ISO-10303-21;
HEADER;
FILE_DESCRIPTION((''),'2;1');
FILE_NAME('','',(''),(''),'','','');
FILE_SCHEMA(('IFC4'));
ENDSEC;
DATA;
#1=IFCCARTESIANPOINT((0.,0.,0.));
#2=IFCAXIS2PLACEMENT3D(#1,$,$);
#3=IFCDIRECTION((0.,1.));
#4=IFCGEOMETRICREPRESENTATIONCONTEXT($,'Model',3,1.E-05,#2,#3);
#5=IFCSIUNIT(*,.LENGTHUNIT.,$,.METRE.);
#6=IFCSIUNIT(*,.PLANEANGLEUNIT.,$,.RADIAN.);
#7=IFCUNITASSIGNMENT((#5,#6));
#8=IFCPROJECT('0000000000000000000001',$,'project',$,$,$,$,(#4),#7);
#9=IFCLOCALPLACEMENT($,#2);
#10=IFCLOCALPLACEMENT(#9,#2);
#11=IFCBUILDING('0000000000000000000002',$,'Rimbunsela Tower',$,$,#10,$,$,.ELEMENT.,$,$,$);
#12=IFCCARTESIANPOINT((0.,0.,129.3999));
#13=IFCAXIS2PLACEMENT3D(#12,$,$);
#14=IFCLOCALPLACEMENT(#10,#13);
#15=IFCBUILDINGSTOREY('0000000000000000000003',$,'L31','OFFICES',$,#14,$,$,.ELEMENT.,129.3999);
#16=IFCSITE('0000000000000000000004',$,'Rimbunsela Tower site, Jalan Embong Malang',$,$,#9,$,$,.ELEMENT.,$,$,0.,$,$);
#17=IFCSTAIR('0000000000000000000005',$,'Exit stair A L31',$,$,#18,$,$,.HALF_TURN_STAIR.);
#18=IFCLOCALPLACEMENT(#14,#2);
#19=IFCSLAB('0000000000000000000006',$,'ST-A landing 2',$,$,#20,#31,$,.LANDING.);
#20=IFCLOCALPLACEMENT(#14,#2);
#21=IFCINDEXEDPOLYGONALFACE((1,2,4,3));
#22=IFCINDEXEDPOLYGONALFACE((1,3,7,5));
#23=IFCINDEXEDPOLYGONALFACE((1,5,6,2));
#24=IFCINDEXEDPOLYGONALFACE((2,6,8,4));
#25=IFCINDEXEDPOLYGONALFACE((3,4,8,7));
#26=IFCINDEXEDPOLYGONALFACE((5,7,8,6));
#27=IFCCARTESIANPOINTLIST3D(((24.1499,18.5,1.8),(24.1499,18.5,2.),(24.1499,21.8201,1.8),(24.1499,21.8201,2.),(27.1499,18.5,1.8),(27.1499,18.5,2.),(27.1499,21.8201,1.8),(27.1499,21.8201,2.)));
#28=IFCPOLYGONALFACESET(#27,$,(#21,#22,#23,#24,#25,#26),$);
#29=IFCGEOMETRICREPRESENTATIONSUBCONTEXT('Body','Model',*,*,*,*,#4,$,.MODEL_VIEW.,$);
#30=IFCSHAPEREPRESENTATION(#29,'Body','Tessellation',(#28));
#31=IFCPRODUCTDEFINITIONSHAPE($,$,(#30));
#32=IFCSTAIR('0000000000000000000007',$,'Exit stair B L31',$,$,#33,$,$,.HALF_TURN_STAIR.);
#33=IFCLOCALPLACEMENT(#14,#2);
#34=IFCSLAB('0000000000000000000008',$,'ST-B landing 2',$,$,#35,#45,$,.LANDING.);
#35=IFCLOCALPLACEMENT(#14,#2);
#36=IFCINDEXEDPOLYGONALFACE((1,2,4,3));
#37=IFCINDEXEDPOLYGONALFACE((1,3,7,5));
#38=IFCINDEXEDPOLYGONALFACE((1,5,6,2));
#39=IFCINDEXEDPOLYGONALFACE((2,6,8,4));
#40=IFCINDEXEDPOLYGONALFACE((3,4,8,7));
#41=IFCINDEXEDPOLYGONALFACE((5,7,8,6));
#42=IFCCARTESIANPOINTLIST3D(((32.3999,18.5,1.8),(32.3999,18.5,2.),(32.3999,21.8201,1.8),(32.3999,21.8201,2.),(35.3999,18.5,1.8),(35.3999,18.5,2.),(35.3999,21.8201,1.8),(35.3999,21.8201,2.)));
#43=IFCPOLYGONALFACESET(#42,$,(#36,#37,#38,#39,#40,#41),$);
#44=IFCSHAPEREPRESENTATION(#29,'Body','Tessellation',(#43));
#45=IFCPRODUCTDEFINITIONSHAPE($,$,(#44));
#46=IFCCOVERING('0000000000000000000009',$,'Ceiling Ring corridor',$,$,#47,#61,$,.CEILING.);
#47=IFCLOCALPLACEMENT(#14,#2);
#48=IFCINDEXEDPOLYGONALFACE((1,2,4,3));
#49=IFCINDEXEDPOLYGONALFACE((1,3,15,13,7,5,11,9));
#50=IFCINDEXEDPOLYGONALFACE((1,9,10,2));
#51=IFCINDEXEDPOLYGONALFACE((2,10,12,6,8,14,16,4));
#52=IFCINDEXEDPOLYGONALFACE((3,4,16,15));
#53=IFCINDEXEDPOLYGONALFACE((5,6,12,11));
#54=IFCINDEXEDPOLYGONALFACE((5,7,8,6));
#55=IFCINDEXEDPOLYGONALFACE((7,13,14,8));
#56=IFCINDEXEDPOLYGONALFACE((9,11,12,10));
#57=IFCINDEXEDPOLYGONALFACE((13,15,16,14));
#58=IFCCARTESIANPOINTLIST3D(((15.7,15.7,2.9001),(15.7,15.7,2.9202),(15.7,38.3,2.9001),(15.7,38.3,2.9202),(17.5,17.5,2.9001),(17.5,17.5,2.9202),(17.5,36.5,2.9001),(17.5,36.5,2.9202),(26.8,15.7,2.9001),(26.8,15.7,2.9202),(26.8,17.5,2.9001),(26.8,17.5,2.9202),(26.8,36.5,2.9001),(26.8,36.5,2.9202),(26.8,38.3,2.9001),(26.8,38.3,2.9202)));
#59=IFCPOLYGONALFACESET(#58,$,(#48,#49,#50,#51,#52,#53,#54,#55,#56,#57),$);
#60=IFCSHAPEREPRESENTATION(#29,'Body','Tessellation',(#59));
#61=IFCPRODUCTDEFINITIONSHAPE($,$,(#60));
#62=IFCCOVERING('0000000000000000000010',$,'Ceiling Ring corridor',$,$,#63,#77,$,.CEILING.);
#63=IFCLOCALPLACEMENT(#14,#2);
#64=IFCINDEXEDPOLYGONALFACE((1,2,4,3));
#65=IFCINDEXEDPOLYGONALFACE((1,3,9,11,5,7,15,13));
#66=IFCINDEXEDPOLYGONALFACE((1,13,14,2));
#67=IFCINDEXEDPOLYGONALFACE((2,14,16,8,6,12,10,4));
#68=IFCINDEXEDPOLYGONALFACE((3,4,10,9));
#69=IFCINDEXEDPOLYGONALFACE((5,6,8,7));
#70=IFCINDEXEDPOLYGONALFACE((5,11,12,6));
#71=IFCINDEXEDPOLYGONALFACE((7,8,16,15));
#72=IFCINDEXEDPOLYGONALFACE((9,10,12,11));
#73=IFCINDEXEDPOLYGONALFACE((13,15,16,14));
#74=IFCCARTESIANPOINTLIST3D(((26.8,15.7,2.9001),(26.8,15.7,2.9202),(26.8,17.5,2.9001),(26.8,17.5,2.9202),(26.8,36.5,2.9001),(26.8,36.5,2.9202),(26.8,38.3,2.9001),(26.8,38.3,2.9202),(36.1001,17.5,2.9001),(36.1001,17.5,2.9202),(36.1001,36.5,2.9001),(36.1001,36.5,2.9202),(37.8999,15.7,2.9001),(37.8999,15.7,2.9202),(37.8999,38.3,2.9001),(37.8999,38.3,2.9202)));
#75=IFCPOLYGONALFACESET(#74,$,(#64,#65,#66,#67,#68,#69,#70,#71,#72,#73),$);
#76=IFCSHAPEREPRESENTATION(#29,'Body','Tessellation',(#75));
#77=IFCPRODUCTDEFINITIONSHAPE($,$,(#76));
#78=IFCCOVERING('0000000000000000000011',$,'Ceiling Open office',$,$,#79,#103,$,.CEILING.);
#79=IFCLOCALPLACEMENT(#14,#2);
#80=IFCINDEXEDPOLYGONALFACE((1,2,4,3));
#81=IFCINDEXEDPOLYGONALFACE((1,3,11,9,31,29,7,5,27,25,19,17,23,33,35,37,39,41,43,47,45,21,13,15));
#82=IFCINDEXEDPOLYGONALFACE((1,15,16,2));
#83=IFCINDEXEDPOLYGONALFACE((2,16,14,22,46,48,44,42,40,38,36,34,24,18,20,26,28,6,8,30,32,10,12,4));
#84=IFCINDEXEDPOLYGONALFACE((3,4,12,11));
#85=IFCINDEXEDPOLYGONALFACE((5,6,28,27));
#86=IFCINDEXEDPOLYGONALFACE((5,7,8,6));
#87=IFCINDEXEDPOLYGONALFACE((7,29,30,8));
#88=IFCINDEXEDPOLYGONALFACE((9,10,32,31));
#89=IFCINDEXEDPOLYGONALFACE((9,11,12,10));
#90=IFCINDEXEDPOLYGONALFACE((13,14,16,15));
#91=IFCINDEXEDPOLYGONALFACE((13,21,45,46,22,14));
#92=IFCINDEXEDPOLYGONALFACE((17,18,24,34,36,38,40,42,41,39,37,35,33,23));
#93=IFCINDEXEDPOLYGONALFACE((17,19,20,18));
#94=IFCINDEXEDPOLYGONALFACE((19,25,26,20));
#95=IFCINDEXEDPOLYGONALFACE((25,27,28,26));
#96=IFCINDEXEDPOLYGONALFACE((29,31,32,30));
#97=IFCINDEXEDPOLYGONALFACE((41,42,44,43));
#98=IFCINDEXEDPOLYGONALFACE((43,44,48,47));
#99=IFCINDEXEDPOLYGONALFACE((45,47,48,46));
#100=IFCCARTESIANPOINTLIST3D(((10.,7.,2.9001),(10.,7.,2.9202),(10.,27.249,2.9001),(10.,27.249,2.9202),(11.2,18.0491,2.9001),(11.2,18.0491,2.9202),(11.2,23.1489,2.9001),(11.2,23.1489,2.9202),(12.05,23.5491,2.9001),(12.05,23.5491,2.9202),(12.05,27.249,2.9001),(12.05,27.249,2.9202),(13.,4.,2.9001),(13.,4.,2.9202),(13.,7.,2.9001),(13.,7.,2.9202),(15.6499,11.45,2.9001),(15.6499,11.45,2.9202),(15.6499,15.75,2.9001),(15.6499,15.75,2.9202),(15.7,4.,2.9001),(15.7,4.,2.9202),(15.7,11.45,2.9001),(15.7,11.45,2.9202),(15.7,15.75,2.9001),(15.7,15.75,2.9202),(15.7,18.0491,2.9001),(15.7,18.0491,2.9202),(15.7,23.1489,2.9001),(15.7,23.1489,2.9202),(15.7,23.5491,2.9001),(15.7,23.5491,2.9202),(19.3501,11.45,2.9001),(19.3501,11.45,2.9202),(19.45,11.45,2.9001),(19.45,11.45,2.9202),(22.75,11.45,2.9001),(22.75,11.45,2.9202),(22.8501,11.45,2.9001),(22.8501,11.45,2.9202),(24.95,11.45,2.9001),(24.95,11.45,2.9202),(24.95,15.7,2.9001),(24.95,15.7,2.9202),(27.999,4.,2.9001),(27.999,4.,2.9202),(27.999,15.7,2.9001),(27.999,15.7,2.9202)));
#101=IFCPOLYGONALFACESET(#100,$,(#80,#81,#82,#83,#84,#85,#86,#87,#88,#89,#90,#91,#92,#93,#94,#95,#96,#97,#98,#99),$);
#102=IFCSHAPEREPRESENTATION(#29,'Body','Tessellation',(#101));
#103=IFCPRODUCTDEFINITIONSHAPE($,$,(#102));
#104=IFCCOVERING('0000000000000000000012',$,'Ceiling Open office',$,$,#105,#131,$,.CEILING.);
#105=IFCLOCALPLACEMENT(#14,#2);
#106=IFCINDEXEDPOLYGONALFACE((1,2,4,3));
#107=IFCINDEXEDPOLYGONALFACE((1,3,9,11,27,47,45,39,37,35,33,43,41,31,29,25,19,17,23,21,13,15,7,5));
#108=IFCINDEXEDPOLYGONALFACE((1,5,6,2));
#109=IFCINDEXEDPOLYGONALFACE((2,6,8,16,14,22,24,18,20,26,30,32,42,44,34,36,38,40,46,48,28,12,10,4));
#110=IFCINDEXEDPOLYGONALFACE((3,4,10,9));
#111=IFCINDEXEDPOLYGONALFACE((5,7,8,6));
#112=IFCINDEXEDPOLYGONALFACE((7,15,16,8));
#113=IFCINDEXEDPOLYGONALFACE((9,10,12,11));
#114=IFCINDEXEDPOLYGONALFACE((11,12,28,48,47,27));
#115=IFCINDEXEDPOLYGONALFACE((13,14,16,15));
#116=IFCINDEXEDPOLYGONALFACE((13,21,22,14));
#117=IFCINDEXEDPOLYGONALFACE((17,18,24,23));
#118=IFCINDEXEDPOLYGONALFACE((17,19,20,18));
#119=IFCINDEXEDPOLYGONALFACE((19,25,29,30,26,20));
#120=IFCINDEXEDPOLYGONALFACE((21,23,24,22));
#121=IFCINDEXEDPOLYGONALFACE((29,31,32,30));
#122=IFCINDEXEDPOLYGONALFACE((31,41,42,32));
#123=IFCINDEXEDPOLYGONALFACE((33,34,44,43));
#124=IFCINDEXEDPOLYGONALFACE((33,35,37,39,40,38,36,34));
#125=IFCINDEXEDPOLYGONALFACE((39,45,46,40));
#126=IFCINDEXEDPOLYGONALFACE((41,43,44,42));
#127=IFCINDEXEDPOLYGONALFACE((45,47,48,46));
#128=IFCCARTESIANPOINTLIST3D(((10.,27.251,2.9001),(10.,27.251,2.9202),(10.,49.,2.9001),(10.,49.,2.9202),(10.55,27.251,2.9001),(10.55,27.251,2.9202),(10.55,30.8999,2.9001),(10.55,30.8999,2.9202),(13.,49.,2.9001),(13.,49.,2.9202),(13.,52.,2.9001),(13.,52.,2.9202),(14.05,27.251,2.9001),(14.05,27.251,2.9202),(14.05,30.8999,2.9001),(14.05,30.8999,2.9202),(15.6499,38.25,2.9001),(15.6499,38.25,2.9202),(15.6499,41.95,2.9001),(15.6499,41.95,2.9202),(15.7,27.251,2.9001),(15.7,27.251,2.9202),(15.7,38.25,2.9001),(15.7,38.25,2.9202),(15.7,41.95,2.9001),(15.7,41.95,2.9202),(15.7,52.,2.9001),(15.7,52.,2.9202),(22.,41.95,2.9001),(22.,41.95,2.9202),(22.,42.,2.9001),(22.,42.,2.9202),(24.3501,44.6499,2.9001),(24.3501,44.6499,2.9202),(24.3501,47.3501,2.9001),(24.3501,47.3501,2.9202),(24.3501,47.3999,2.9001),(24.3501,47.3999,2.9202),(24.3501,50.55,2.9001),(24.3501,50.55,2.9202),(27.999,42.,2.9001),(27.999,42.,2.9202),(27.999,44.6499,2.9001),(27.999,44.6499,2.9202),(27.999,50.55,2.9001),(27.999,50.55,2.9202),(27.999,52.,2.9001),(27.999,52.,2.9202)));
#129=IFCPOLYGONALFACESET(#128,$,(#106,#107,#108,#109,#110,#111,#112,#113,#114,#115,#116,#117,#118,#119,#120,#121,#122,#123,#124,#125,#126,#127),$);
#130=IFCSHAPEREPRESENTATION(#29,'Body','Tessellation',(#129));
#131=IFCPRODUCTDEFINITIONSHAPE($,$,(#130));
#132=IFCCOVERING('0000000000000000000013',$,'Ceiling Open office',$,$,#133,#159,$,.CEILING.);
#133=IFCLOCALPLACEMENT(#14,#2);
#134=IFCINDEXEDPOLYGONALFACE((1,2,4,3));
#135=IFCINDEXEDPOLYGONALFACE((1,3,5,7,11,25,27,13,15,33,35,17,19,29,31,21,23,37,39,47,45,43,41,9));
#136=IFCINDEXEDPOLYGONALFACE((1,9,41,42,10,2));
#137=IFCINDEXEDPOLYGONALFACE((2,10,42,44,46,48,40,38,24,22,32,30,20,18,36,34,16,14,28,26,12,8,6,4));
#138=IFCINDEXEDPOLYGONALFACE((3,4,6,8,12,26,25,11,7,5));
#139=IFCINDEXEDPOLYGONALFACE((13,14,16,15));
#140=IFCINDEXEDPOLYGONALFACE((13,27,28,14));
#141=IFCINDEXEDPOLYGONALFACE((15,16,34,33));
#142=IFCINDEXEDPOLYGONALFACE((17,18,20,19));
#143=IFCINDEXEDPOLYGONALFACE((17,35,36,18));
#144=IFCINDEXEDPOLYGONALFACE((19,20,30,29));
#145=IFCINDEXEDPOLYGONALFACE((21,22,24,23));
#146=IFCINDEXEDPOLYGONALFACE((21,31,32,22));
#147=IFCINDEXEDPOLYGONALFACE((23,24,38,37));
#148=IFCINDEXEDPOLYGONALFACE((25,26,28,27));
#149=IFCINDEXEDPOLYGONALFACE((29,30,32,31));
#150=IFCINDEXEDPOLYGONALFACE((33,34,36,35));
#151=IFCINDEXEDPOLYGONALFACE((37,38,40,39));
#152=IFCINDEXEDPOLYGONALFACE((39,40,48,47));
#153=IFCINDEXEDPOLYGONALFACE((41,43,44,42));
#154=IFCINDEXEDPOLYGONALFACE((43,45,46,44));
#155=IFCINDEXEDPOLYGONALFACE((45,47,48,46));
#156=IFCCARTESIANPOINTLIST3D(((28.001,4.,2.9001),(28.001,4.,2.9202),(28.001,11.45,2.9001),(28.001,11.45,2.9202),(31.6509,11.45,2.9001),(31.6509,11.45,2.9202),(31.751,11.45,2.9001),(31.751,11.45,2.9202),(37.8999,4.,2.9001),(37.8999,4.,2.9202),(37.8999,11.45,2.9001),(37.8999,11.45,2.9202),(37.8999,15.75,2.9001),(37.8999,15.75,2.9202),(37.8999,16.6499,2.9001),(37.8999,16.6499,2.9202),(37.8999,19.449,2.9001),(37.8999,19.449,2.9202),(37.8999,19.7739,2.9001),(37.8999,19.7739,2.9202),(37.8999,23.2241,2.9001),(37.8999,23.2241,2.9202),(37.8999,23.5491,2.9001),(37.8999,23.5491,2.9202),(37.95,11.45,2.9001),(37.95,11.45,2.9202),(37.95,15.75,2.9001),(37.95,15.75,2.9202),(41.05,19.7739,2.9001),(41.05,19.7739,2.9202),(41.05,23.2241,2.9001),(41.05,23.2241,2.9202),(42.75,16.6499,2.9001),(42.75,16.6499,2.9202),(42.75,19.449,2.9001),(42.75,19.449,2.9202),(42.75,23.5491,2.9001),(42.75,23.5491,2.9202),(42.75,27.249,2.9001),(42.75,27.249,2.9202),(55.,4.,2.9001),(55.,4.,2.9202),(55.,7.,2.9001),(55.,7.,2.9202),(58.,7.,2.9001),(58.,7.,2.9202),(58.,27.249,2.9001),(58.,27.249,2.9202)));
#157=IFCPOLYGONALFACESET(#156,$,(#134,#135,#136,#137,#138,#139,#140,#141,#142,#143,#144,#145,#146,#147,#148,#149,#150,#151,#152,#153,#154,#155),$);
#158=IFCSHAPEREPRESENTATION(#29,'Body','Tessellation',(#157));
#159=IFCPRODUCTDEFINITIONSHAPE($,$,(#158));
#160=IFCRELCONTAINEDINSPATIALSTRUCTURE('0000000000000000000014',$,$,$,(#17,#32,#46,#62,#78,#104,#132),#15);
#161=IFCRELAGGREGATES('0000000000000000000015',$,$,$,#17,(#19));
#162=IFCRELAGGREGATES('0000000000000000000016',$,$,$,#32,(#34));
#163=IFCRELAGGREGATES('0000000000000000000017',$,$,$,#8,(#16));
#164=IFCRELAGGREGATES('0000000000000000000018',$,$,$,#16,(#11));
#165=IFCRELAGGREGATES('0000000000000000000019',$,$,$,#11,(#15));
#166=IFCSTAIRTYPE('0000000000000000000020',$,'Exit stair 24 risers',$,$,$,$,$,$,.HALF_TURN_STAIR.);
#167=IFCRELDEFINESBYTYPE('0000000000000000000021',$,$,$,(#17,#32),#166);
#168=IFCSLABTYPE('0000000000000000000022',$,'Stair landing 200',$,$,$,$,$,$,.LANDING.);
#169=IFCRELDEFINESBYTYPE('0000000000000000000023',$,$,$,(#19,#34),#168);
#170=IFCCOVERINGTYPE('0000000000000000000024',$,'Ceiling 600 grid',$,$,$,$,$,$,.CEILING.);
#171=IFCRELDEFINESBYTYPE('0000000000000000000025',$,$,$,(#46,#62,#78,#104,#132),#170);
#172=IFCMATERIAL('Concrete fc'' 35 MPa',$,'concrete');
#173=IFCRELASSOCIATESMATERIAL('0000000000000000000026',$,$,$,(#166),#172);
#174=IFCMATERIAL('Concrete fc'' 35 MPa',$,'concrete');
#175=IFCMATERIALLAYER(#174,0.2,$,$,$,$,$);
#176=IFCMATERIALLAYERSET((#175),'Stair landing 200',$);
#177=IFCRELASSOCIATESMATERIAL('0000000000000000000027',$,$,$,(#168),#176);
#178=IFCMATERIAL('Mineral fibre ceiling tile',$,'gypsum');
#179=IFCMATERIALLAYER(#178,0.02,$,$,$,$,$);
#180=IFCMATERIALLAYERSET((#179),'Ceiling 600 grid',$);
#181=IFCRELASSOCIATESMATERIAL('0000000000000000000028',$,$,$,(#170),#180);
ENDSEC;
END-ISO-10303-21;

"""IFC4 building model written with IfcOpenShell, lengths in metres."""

from ifc_helpers import new_model, si_unit, direction, frame, origin, place, context, subcontext, project, spatial, polyline, outline, extrude, material, layer, layer_set, type_object, element, aggregate, save


model = new_model("IFC4")

# Units and contexts
model_context = context("Model", 3, precision=1e-05, world=origin(), true_north=direction((0.0, 1.0)))
body_context = subcontext(model_context, "Body", "Model", "MODEL_VIEW")
ifc_project = project(units=[si_unit("LENGTHUNIT", "METRE"), si_unit("PLANEANGLEUNIT", "RADIAN")], contexts=[model_context])

# Site, building, storey
site_placement = place(None, origin())
site = spatial("IfcSite", under=ifc_project, at=site_placement, Name="Rimbunsela Tower site, Jalan Embong Malang", CompositionType="ELEMENT", RefElevation=0.0)
building_placement = place(site_placement, origin())
building = spatial("IfcBuilding", under=site, at=building_placement, Name="Rimbunsela Tower", CompositionType="ELEMENT")
storey_placement = place(building_placement, frame((0.0, 0.0, 129.3999)))
storey = spatial("IfcBuildingStorey", under=building, at=storey_placement, Name="L31", Description="OFFICES", CompositionType="ELEMENT", Elevation=129.3999)

# Stairs, slabs
ifc_material_1 = material(Name="Concrete fc' 35 MPa", Category="concrete")
stair_type = type_object("IfcStairType", Name="Exit stair 24 risers", PredefinedType="HALF_TURN_STAIR", material=ifc_material_1)
stair_1_placement = place(storey_placement, origin())
stair_1 = element("IfcStair", 1, at=stair_1_placement, inside=storey, type_object=stair_type, Name="Exit stair A L31", PredefinedType="HALF_TURN_STAIR")
ifc_material_2 = material(Name="Concrete fc' 35 MPa", Category="concrete")
ifc_layer_1 = layer(ifc_material_2, 0.2)
ifc_layer_set_1 = layer_set([ifc_layer_1], Name="Stair landing 200")
slab_type = type_object("IfcSlabType", Name="Stair landing 200", PredefinedType="LANDING", material=ifc_layer_set_1)
slab_1_placement = place(storey_placement, frame((0.0, 0.0, 1.8)))
slab_1 = element("IfcSlab", 2, at=slab_1_placement, type_object=slab_type, Name="ST-A landing 2", PredefinedType="LANDING", context=body_context, shape_type="SweptSolid", body=[
    extrude(outline(polyline([(24.1499, 18.5), (27.1499, 18.5), (27.1499, 21.8201), (24.1499, 21.8201), (24.1499, 18.5)])), origin(), (0.0, 0.0, 1.0), 0.2),
])
aggregate(stair_1, [slab_1])
stair_2_placement = place(storey_placement, origin())
stair_2 = element("IfcStair", 3, at=stair_2_placement, inside=storey, type_object=stair_type, Name="Exit stair B L31", PredefinedType="HALF_TURN_STAIR")
slab_2_placement = place(storey_placement, frame((0.0, 0.0, 1.8)))
slab_2 = element("IfcSlab", 4, at=slab_2_placement, type_object=slab_type, Name="ST-B landing 2", PredefinedType="LANDING", context=body_context, shape_type="SweptSolid", body=[
    extrude(outline(polyline([(32.3999, 18.5), (35.3999, 18.5), (35.3999, 21.8201), (32.3999, 21.8201), (32.3999, 18.5)])), origin(), (0.0, 0.0, 1.0), 0.2),
])
aggregate(stair_2, [slab_2])

# Coverings
ifc_material_3 = material(Name="Mineral fibre ceiling tile", Category="gypsum")
ifc_layer_2 = layer(ifc_material_3, 0.02)
ifc_layer_set_2 = layer_set([ifc_layer_2], Name="Ceiling 600 grid")
covering_type_1 = type_object("IfcCoveringType", Name="Ceiling 600 grid", PredefinedType="CEILING", material=ifc_layer_set_2)
covering_1_placement = place(storey_placement, frame((0.0, 0.0, 2.9001)))
element("IfcCovering", 5, at=covering_1_placement, inside=storey, type_object=covering_type_1, Name="Ceiling Ring corridor", PredefinedType="CEILING", context=body_context, shape_type="SweptSolid", body=[
    extrude(outline(polyline([(15.7, 38.3), (26.8, 38.3), (26.8, 36.5), (17.5, 36.5), (17.5, 17.5), (26.8, 17.5), (26.8, 15.7), (15.7, 15.7), (15.7, 38.3)])), origin(), (0.0, 0.0, 1.0), 0.02),
])
covering_2_placement = place(storey_placement, frame((0.0, 0.0, 2.9001)))
element("IfcCovering", 6, at=covering_2_placement, inside=storey, type_object=covering_type_1, Name="Ceiling Ring corridor", PredefinedType="CEILING", context=body_context, shape_type="SweptSolid", body=[
    extrude(outline(polyline([(37.8999, 38.3), (37.8999, 15.7), (26.8, 15.7), (26.8, 17.5), (36.1001, 17.5), (36.1001, 36.5), (26.8, 36.5), (26.8, 38.3), (37.8999, 38.3)])), origin(), (0.0, 0.0, 1.0), 0.02),
])
covering_3_placement = place(storey_placement, frame((0.0, 0.0, 2.9001)))
element("IfcCovering", 7, at=covering_3_placement, inside=storey, type_object=covering_type_1, Name="Ceiling Open office", PredefinedType="CEILING", context=body_context, shape_type="SweptSolid", body=[
    extrude(outline(polyline([(19.45, 11.45), (22.75, 11.45), (22.8501, 11.45), (24.95, 11.45), (24.95, 15.7), (27.999, 15.7), (27.999, 4.0), (15.7, 4.0), (13.0, 4.0), (13.0, 7.0), (10.0, 7.0), (10.0, 27.249), (12.05, 27.249), (12.05, 23.5491), (15.7, 23.5491), (15.7, 23.1489), (11.2, 23.1489), (11.2, 18.0491), (15.7, 18.0491), (15.7, 15.75), (15.6499, 15.75), (15.6499, 11.45), (15.7, 11.45), (19.3501, 11.45), (19.45, 11.45)])), origin(), (0.0, 0.0, 1.0), 0.02),
])
covering_4_placement = place(storey_placement, frame((0.0, 0.0, 2.9001)))
element("IfcCovering", 8, at=covering_4_placement, inside=storey, type_object=covering_type_1, Name="Ceiling Open office", PredefinedType="CEILING", context=body_context, shape_type="SweptSolid", body=[
    extrude(outline(polyline([(15.6499, 41.95), (15.6499, 38.25), (15.7, 38.25), (15.7, 27.251), (14.05, 27.251), (14.05, 30.8999), (10.55, 30.8999), (10.55, 27.251), (10.0, 27.251), (10.0, 49.0), (13.0, 49.0), (13.0, 52.0), (15.7, 52.0), (27.999, 52.0), (27.999, 50.55), (24.3501, 50.55), (24.3501, 47.3999), (24.3501, 47.3501), (24.3501, 44.6499), (27.999, 44.6499), (27.999, 42.0), (22.0, 42.0), (22.0, 41.95), (15.7, 41.95), (15.6499, 41.95)])), origin(), (0.0, 0.0, 1.0), 0.02),
])
covering_5_placement = place(storey_placement, frame((0.0, 0.0, 2.9001)))
element("IfcCovering", 9, at=covering_5_placement, inside=storey, type_object=covering_type_1, Name="Ceiling Open office", PredefinedType="CEILING", context=body_context, shape_type="SweptSolid", body=[
    extrude(outline(polyline([(28.001, 11.45), (31.6509, 11.45), (31.751, 11.45), (37.8999, 11.45), (37.95, 11.45), (37.95, 15.75), (37.8999, 15.75), (37.8999, 16.6499), (42.75, 16.6499), (42.75, 19.449), (37.8999, 19.449), (37.8999, 19.7739), (41.05, 19.7739), (41.05, 23.2241), (37.8999, 23.2241), (37.8999, 23.5491), (42.75, 23.5491), (42.75, 27.249), (58.0, 27.249), (58.0, 7.0), (55.0, 7.0), (55.0, 4.0), (37.8999, 4.0), (28.001, 4.0), (28.001, 11.45)])), origin(), (0.0, 0.0, 1.0), 0.02),
])

save(model, "model.ifc")
